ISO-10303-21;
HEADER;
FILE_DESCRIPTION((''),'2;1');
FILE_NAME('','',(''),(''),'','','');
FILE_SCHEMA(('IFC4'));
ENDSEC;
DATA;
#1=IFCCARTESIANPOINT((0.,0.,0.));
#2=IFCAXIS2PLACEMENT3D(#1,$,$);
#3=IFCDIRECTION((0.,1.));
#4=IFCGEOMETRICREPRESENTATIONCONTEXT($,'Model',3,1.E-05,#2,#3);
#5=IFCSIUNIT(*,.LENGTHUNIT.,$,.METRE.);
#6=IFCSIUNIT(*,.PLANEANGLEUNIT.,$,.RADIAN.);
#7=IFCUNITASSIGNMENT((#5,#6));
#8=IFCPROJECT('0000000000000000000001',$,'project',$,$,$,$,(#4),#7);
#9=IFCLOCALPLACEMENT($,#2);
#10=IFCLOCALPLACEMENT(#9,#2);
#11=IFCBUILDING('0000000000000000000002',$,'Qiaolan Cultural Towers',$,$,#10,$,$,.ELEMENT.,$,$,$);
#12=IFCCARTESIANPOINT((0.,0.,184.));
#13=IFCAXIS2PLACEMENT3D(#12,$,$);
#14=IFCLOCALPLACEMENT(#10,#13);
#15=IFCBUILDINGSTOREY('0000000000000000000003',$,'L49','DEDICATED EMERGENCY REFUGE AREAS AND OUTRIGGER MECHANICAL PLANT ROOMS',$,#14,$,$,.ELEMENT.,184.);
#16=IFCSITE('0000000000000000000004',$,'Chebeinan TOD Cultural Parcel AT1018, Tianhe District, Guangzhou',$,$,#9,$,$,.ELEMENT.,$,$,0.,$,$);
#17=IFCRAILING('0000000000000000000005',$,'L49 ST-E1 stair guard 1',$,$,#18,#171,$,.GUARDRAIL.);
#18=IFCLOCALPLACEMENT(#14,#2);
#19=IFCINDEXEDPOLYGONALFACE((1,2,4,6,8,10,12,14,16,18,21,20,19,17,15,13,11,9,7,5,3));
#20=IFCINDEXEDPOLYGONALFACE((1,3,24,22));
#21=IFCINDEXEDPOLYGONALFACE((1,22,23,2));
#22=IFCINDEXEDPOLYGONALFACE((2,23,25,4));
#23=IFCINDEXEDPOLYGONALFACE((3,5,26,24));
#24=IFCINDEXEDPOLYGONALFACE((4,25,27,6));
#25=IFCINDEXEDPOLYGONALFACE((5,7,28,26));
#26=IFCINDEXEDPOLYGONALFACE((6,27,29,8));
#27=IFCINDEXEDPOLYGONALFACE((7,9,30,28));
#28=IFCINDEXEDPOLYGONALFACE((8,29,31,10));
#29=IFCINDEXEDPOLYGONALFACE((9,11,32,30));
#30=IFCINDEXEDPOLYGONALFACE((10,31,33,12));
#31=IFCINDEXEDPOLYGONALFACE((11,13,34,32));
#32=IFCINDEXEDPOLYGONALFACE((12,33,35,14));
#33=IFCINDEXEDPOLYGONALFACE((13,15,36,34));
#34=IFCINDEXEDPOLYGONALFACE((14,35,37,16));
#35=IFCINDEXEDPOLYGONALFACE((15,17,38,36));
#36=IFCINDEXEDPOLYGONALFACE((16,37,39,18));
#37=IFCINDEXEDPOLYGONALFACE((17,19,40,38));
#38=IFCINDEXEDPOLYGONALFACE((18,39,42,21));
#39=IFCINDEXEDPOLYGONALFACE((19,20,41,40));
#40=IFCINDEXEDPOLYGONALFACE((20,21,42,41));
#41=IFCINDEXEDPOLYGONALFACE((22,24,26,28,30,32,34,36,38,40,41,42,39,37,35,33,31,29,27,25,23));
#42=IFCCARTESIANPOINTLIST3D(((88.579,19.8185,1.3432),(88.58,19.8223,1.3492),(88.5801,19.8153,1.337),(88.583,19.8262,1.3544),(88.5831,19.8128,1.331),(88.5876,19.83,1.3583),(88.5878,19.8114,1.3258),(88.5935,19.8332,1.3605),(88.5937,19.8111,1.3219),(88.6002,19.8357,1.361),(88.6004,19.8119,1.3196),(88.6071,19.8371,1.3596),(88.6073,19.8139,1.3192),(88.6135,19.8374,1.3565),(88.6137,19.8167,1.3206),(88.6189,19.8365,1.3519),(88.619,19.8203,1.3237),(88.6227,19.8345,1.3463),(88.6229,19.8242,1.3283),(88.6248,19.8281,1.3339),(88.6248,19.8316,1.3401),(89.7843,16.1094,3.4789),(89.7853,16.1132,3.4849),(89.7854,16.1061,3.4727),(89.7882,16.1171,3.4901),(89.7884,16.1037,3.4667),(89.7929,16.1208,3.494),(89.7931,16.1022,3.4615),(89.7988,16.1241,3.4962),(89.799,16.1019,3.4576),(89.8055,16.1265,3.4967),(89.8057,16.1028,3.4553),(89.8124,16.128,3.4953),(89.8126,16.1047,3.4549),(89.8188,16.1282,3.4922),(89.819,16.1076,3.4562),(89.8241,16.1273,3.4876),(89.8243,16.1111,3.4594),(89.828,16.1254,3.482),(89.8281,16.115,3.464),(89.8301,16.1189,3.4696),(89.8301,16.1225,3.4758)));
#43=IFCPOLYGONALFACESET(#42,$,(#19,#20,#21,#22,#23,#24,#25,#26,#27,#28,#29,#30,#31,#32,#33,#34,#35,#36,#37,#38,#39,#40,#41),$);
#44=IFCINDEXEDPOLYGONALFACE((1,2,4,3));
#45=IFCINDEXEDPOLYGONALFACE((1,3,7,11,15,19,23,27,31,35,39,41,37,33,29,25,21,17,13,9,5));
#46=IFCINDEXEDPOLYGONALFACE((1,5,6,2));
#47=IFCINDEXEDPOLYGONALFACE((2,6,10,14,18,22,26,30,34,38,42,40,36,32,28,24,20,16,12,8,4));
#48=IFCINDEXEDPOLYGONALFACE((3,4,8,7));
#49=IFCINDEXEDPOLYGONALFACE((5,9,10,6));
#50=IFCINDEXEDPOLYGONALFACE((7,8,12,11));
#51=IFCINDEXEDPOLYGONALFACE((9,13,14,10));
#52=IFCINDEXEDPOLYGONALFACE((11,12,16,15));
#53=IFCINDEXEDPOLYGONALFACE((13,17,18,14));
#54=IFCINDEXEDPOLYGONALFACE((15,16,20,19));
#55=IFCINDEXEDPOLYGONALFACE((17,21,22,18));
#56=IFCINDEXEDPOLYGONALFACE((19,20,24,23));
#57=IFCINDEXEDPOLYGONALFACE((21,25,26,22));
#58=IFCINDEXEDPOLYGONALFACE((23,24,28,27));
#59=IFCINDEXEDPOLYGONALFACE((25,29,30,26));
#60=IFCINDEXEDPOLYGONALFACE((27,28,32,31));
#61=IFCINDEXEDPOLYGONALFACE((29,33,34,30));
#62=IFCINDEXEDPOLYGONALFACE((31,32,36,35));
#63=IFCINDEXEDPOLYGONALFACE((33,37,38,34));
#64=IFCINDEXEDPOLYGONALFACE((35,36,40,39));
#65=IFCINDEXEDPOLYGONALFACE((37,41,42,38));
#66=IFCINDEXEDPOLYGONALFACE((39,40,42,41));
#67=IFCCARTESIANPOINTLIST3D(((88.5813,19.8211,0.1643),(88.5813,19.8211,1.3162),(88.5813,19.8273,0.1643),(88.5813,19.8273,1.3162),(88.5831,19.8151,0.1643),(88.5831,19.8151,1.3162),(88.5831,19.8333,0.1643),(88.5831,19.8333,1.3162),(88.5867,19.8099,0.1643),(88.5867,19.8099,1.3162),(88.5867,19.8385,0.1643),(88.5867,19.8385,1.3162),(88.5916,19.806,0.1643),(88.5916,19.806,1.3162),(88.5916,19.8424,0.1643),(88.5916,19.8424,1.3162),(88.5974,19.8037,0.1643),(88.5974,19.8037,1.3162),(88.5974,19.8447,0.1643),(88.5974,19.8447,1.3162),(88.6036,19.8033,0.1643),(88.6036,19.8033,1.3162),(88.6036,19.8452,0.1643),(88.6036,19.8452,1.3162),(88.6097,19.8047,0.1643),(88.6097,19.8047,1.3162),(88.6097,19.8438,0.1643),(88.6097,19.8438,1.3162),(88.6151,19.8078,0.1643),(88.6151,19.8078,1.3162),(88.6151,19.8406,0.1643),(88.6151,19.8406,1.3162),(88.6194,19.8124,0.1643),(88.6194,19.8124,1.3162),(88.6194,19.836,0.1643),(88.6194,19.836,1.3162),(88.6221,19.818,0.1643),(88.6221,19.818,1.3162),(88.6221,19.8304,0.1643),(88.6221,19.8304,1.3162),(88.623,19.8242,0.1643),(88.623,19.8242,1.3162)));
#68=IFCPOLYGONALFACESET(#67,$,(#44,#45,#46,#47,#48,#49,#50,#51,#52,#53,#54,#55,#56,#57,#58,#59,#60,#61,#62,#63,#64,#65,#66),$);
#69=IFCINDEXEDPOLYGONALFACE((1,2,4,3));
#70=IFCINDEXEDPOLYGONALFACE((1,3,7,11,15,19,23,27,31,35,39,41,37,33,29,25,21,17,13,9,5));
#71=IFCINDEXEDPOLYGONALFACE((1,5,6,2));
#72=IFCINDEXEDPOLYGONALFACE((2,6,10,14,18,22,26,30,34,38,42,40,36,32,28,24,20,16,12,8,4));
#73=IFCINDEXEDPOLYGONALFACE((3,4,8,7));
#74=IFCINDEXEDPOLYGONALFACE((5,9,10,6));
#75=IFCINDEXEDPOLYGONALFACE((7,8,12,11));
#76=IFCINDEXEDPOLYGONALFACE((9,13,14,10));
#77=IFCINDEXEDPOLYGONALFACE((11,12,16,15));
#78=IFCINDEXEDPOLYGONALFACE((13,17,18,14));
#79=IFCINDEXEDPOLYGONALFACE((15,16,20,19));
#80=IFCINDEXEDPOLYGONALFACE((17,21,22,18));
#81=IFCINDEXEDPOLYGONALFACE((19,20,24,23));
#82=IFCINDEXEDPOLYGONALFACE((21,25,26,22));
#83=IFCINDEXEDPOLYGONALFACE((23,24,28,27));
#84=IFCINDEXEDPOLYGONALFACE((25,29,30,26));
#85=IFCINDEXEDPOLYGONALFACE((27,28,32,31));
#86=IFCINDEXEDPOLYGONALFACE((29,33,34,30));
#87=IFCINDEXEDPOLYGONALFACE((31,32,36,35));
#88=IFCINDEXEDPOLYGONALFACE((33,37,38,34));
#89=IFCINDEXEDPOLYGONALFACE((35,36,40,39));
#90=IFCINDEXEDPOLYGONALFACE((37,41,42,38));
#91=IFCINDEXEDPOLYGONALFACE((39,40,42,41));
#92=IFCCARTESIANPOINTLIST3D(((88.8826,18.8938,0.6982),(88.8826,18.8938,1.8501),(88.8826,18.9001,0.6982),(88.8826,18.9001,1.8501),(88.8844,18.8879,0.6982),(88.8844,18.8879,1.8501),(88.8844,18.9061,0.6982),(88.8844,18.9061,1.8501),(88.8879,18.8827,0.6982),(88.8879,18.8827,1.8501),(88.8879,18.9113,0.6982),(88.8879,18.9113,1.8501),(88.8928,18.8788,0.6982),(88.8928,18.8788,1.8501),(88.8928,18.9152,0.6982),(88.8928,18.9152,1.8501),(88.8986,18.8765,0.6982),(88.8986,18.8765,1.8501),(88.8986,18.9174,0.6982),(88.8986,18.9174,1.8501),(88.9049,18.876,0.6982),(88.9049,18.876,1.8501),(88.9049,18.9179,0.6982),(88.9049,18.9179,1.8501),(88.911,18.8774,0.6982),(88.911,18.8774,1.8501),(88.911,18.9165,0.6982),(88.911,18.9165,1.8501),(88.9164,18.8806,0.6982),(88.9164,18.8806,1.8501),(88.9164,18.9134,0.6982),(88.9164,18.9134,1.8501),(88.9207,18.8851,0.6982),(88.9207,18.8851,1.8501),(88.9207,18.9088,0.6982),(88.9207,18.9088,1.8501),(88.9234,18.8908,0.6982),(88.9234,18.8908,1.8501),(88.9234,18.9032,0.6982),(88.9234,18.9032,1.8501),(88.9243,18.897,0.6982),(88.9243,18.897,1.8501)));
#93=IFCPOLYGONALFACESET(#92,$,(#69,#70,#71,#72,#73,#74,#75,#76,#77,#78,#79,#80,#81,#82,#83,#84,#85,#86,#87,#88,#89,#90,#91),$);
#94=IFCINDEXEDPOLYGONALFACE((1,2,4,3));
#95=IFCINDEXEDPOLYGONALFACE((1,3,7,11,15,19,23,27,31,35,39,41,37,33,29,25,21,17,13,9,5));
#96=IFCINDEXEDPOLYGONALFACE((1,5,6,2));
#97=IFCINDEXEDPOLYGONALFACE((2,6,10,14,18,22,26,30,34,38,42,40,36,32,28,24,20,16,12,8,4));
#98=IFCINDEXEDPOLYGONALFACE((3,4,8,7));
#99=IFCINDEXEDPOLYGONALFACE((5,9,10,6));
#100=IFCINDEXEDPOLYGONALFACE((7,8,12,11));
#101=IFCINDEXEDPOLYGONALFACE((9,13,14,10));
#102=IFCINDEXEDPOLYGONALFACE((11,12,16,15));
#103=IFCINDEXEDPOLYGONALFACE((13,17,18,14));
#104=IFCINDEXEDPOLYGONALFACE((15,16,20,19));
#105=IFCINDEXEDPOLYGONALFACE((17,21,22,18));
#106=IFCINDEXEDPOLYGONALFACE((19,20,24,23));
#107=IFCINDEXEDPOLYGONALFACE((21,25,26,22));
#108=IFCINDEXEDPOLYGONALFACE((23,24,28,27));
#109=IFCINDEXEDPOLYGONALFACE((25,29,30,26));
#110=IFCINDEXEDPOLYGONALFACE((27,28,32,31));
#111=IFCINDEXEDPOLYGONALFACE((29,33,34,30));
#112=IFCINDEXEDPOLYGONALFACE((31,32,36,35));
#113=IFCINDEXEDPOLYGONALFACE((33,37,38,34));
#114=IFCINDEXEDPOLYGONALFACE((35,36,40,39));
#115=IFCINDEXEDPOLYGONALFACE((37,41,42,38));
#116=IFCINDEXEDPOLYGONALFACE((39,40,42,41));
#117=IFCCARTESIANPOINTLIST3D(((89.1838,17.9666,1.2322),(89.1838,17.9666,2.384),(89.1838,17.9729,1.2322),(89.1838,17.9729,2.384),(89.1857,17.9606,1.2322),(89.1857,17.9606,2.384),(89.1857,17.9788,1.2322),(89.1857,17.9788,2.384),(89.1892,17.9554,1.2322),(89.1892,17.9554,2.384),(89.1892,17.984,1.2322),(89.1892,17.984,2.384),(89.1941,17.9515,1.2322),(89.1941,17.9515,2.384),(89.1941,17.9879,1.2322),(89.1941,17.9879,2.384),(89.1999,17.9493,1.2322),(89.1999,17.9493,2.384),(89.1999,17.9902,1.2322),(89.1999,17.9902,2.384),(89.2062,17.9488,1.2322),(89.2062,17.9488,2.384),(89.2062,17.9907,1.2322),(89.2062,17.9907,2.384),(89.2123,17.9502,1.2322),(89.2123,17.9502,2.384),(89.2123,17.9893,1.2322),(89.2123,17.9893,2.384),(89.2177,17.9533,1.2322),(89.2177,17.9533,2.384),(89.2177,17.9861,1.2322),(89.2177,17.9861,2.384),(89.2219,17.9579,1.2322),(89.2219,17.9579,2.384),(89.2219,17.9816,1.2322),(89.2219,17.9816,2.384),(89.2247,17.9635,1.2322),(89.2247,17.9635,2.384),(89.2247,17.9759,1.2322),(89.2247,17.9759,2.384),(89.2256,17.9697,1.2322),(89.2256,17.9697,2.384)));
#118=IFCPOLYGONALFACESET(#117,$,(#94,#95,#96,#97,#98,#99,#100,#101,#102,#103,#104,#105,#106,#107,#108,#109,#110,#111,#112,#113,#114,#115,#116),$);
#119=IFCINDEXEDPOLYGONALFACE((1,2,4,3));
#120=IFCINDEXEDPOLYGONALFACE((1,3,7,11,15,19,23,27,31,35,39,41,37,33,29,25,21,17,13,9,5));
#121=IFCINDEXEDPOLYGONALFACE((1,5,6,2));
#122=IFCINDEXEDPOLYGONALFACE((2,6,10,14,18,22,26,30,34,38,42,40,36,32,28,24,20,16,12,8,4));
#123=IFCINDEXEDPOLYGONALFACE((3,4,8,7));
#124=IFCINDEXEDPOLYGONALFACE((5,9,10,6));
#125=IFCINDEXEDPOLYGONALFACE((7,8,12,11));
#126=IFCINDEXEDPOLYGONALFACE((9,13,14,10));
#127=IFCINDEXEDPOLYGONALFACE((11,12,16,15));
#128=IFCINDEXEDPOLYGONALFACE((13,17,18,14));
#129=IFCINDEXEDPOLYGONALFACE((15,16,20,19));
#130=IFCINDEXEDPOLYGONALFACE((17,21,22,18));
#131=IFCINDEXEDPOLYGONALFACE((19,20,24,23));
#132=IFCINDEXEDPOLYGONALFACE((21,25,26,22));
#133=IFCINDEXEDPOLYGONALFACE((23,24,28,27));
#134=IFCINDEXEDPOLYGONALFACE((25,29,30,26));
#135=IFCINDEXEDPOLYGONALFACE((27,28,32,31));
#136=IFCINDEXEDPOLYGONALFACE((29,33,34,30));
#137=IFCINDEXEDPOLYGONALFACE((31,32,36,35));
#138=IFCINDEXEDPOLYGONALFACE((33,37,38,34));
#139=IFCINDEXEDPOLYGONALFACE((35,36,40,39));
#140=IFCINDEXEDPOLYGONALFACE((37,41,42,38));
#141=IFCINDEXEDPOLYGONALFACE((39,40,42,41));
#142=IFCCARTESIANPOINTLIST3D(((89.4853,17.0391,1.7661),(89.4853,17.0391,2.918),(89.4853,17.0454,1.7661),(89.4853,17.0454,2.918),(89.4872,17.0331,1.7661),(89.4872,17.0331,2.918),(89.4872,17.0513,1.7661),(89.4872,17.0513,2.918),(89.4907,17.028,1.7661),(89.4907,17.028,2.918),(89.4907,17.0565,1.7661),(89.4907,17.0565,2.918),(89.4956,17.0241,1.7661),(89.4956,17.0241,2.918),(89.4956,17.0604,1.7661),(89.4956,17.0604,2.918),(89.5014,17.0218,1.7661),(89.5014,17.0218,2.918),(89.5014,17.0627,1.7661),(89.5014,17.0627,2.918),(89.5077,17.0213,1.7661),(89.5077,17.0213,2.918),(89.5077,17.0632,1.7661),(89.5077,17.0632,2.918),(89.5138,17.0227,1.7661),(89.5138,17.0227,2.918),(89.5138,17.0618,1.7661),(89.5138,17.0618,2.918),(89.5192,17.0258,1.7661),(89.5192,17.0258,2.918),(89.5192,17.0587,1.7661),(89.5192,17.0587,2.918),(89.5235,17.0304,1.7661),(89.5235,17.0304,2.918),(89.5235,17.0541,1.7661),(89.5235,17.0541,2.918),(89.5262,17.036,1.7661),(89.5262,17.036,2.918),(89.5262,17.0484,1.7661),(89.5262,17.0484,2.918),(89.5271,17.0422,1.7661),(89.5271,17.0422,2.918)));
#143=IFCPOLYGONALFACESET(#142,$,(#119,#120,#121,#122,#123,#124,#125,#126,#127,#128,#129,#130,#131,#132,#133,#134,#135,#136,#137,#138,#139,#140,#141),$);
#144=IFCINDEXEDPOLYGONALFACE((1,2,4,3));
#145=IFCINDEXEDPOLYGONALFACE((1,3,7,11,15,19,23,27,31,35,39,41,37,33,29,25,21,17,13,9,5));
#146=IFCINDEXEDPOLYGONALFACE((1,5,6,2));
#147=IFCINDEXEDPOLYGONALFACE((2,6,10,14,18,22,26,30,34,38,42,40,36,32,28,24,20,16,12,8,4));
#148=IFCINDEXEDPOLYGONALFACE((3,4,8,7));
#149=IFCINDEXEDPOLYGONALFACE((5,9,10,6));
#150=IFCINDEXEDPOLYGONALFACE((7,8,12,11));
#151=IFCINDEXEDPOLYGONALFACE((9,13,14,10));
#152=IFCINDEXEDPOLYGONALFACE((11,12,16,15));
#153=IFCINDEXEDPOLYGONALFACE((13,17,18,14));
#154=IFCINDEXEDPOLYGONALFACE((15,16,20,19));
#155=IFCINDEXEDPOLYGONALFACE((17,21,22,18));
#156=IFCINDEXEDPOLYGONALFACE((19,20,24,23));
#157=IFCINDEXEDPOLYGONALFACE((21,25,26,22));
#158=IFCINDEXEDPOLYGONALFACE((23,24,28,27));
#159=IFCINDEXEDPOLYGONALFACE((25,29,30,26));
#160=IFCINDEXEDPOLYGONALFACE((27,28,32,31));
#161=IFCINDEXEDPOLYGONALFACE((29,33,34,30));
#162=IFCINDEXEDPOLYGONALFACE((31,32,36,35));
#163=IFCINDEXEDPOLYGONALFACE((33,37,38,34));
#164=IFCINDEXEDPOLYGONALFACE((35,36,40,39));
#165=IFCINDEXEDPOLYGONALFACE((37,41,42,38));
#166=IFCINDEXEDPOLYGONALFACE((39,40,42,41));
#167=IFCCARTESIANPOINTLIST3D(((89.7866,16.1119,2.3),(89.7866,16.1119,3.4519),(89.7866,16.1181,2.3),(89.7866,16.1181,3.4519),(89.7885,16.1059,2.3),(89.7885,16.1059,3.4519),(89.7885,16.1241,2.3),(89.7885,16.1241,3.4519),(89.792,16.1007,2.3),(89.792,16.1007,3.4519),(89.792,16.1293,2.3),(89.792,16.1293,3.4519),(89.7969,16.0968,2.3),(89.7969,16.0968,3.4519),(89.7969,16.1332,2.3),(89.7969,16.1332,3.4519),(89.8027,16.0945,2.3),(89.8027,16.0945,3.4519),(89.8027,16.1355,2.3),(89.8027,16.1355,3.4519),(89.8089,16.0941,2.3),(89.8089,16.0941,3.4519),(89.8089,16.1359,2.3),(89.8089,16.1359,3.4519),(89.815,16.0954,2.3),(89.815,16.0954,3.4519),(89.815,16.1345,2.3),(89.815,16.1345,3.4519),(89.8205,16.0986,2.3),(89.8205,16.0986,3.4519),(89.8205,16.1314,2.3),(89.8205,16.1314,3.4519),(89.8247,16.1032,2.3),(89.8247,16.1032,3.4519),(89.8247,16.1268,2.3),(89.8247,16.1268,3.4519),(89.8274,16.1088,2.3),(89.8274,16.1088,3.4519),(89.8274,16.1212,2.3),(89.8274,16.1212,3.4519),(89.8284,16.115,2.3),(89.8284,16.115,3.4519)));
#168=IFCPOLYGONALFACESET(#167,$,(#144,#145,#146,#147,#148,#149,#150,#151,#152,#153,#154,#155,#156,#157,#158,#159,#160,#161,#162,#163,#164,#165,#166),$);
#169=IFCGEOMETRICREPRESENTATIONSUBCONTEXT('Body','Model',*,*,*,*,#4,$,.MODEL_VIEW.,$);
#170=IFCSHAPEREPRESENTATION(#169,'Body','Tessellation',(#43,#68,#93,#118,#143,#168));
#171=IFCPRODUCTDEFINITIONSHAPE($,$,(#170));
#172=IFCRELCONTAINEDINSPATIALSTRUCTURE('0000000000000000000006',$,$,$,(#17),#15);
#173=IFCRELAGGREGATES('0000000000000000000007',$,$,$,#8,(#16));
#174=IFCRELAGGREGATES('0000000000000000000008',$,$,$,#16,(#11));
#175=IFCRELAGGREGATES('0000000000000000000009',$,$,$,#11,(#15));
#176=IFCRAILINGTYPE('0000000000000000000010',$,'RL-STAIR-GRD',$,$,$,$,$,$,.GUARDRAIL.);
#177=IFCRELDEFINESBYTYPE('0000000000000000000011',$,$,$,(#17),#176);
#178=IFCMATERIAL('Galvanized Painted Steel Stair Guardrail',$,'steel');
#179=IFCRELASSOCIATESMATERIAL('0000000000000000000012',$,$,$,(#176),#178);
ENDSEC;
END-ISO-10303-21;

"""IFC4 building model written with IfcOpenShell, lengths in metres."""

from ifc_helpers import new_model, si_unit, direction, frame, origin, origin_2d, place, context, subcontext, project, spatial, circle, extrude, material, type_object, element, save


model = new_model("IFC4")

# Units and contexts
model_context = context("Model", 3, precision=1e-05, world=origin(), true_north=direction((0.0, 1.0)))
body_context = subcontext(model_context, "Body", "Model", "MODEL_VIEW")
ifc_project = project(units=[si_unit("LENGTHUNIT", "METRE"), si_unit("PLANEANGLEUNIT", "RADIAN")], contexts=[model_context])

# Site, building, storey
site_placement = place(None, origin())
site = spatial("IfcSite", under=ifc_project, at=site_placement, Name="Chebeinan TOD Cultural Parcel AT1018, Tianhe District, Guangzhou", CompositionType="ELEMENT", RefElevation=0.0)
building_placement = place(site_placement, origin())
building = spatial("IfcBuilding", under=site, at=building_placement, Name="Qiaolan Cultural Towers", CompositionType="ELEMENT")
storey_placement = place(building_placement, frame((0.0, 0.0, 184.0)))
storey = spatial("IfcBuildingStorey", under=building, at=storey_placement, Name="L49", Description="DEDICATED EMERGENCY REFUGE AREAS AND OUTRIGGER MECHANICAL PLANT ROOMS", CompositionType="ELEMENT", Elevation=184.0)

# Railing
ifc_material_1 = material(Name="Galvanized Painted Steel Stair Guardrail", Category="steel")
railing_type_1 = type_object("IfcRailingType", Name="RL-STAIR-GRD", PredefinedType="GUARDRAIL", material=ifc_material_1)
railing_1_placement = place(storey_placement, frame((88.6021, 19.8242, 0.1643)))
element("IfcRailing", 1, at=railing_1_placement, inside=storey, type_object=railing_type_1, Name="L49 ST-E1 stair guard 1", PredefinedType="GUARDRAIL", context=body_context, shape_type="SweptSolid", body=[
    extrude(circle(Radius=0.0239, at=origin_2d()), frame((0.0, 0.0, 1.1758), z_axis=(0.271064, -0.834165, 0.480305), x_axis=(0.951047, 0.309045, 0.0)), (0.0, 0.0, 1.0), 4.4465),
    extrude(circle(Radius=0.021, at=origin_2d()), origin(), (0.0, 0.0, 1.0), 1.1519),
    extrude(circle(Radius=0.021, at=origin_2d()), frame((0.3013, -0.9272, 0.5339)), (0.0, 0.0, 1.0), 1.1519),
    extrude(circle(Radius=0.021, at=origin_2d()), frame((0.6025, -1.8545, 1.0679)), (0.0, 0.0, 1.0), 1.1519),
    extrude(circle(Radius=0.021, at=origin_2d()), frame((0.9041, -2.782, 1.6018)), (0.0, 0.0, 1.0), 1.1519),
    extrude(circle(Radius=0.021, at=origin_2d()), frame((1.2053, -3.7092, 2.1357)), (0.0, 0.0, 1.0), 1.1519),
])

save(model, "model.ifc")
